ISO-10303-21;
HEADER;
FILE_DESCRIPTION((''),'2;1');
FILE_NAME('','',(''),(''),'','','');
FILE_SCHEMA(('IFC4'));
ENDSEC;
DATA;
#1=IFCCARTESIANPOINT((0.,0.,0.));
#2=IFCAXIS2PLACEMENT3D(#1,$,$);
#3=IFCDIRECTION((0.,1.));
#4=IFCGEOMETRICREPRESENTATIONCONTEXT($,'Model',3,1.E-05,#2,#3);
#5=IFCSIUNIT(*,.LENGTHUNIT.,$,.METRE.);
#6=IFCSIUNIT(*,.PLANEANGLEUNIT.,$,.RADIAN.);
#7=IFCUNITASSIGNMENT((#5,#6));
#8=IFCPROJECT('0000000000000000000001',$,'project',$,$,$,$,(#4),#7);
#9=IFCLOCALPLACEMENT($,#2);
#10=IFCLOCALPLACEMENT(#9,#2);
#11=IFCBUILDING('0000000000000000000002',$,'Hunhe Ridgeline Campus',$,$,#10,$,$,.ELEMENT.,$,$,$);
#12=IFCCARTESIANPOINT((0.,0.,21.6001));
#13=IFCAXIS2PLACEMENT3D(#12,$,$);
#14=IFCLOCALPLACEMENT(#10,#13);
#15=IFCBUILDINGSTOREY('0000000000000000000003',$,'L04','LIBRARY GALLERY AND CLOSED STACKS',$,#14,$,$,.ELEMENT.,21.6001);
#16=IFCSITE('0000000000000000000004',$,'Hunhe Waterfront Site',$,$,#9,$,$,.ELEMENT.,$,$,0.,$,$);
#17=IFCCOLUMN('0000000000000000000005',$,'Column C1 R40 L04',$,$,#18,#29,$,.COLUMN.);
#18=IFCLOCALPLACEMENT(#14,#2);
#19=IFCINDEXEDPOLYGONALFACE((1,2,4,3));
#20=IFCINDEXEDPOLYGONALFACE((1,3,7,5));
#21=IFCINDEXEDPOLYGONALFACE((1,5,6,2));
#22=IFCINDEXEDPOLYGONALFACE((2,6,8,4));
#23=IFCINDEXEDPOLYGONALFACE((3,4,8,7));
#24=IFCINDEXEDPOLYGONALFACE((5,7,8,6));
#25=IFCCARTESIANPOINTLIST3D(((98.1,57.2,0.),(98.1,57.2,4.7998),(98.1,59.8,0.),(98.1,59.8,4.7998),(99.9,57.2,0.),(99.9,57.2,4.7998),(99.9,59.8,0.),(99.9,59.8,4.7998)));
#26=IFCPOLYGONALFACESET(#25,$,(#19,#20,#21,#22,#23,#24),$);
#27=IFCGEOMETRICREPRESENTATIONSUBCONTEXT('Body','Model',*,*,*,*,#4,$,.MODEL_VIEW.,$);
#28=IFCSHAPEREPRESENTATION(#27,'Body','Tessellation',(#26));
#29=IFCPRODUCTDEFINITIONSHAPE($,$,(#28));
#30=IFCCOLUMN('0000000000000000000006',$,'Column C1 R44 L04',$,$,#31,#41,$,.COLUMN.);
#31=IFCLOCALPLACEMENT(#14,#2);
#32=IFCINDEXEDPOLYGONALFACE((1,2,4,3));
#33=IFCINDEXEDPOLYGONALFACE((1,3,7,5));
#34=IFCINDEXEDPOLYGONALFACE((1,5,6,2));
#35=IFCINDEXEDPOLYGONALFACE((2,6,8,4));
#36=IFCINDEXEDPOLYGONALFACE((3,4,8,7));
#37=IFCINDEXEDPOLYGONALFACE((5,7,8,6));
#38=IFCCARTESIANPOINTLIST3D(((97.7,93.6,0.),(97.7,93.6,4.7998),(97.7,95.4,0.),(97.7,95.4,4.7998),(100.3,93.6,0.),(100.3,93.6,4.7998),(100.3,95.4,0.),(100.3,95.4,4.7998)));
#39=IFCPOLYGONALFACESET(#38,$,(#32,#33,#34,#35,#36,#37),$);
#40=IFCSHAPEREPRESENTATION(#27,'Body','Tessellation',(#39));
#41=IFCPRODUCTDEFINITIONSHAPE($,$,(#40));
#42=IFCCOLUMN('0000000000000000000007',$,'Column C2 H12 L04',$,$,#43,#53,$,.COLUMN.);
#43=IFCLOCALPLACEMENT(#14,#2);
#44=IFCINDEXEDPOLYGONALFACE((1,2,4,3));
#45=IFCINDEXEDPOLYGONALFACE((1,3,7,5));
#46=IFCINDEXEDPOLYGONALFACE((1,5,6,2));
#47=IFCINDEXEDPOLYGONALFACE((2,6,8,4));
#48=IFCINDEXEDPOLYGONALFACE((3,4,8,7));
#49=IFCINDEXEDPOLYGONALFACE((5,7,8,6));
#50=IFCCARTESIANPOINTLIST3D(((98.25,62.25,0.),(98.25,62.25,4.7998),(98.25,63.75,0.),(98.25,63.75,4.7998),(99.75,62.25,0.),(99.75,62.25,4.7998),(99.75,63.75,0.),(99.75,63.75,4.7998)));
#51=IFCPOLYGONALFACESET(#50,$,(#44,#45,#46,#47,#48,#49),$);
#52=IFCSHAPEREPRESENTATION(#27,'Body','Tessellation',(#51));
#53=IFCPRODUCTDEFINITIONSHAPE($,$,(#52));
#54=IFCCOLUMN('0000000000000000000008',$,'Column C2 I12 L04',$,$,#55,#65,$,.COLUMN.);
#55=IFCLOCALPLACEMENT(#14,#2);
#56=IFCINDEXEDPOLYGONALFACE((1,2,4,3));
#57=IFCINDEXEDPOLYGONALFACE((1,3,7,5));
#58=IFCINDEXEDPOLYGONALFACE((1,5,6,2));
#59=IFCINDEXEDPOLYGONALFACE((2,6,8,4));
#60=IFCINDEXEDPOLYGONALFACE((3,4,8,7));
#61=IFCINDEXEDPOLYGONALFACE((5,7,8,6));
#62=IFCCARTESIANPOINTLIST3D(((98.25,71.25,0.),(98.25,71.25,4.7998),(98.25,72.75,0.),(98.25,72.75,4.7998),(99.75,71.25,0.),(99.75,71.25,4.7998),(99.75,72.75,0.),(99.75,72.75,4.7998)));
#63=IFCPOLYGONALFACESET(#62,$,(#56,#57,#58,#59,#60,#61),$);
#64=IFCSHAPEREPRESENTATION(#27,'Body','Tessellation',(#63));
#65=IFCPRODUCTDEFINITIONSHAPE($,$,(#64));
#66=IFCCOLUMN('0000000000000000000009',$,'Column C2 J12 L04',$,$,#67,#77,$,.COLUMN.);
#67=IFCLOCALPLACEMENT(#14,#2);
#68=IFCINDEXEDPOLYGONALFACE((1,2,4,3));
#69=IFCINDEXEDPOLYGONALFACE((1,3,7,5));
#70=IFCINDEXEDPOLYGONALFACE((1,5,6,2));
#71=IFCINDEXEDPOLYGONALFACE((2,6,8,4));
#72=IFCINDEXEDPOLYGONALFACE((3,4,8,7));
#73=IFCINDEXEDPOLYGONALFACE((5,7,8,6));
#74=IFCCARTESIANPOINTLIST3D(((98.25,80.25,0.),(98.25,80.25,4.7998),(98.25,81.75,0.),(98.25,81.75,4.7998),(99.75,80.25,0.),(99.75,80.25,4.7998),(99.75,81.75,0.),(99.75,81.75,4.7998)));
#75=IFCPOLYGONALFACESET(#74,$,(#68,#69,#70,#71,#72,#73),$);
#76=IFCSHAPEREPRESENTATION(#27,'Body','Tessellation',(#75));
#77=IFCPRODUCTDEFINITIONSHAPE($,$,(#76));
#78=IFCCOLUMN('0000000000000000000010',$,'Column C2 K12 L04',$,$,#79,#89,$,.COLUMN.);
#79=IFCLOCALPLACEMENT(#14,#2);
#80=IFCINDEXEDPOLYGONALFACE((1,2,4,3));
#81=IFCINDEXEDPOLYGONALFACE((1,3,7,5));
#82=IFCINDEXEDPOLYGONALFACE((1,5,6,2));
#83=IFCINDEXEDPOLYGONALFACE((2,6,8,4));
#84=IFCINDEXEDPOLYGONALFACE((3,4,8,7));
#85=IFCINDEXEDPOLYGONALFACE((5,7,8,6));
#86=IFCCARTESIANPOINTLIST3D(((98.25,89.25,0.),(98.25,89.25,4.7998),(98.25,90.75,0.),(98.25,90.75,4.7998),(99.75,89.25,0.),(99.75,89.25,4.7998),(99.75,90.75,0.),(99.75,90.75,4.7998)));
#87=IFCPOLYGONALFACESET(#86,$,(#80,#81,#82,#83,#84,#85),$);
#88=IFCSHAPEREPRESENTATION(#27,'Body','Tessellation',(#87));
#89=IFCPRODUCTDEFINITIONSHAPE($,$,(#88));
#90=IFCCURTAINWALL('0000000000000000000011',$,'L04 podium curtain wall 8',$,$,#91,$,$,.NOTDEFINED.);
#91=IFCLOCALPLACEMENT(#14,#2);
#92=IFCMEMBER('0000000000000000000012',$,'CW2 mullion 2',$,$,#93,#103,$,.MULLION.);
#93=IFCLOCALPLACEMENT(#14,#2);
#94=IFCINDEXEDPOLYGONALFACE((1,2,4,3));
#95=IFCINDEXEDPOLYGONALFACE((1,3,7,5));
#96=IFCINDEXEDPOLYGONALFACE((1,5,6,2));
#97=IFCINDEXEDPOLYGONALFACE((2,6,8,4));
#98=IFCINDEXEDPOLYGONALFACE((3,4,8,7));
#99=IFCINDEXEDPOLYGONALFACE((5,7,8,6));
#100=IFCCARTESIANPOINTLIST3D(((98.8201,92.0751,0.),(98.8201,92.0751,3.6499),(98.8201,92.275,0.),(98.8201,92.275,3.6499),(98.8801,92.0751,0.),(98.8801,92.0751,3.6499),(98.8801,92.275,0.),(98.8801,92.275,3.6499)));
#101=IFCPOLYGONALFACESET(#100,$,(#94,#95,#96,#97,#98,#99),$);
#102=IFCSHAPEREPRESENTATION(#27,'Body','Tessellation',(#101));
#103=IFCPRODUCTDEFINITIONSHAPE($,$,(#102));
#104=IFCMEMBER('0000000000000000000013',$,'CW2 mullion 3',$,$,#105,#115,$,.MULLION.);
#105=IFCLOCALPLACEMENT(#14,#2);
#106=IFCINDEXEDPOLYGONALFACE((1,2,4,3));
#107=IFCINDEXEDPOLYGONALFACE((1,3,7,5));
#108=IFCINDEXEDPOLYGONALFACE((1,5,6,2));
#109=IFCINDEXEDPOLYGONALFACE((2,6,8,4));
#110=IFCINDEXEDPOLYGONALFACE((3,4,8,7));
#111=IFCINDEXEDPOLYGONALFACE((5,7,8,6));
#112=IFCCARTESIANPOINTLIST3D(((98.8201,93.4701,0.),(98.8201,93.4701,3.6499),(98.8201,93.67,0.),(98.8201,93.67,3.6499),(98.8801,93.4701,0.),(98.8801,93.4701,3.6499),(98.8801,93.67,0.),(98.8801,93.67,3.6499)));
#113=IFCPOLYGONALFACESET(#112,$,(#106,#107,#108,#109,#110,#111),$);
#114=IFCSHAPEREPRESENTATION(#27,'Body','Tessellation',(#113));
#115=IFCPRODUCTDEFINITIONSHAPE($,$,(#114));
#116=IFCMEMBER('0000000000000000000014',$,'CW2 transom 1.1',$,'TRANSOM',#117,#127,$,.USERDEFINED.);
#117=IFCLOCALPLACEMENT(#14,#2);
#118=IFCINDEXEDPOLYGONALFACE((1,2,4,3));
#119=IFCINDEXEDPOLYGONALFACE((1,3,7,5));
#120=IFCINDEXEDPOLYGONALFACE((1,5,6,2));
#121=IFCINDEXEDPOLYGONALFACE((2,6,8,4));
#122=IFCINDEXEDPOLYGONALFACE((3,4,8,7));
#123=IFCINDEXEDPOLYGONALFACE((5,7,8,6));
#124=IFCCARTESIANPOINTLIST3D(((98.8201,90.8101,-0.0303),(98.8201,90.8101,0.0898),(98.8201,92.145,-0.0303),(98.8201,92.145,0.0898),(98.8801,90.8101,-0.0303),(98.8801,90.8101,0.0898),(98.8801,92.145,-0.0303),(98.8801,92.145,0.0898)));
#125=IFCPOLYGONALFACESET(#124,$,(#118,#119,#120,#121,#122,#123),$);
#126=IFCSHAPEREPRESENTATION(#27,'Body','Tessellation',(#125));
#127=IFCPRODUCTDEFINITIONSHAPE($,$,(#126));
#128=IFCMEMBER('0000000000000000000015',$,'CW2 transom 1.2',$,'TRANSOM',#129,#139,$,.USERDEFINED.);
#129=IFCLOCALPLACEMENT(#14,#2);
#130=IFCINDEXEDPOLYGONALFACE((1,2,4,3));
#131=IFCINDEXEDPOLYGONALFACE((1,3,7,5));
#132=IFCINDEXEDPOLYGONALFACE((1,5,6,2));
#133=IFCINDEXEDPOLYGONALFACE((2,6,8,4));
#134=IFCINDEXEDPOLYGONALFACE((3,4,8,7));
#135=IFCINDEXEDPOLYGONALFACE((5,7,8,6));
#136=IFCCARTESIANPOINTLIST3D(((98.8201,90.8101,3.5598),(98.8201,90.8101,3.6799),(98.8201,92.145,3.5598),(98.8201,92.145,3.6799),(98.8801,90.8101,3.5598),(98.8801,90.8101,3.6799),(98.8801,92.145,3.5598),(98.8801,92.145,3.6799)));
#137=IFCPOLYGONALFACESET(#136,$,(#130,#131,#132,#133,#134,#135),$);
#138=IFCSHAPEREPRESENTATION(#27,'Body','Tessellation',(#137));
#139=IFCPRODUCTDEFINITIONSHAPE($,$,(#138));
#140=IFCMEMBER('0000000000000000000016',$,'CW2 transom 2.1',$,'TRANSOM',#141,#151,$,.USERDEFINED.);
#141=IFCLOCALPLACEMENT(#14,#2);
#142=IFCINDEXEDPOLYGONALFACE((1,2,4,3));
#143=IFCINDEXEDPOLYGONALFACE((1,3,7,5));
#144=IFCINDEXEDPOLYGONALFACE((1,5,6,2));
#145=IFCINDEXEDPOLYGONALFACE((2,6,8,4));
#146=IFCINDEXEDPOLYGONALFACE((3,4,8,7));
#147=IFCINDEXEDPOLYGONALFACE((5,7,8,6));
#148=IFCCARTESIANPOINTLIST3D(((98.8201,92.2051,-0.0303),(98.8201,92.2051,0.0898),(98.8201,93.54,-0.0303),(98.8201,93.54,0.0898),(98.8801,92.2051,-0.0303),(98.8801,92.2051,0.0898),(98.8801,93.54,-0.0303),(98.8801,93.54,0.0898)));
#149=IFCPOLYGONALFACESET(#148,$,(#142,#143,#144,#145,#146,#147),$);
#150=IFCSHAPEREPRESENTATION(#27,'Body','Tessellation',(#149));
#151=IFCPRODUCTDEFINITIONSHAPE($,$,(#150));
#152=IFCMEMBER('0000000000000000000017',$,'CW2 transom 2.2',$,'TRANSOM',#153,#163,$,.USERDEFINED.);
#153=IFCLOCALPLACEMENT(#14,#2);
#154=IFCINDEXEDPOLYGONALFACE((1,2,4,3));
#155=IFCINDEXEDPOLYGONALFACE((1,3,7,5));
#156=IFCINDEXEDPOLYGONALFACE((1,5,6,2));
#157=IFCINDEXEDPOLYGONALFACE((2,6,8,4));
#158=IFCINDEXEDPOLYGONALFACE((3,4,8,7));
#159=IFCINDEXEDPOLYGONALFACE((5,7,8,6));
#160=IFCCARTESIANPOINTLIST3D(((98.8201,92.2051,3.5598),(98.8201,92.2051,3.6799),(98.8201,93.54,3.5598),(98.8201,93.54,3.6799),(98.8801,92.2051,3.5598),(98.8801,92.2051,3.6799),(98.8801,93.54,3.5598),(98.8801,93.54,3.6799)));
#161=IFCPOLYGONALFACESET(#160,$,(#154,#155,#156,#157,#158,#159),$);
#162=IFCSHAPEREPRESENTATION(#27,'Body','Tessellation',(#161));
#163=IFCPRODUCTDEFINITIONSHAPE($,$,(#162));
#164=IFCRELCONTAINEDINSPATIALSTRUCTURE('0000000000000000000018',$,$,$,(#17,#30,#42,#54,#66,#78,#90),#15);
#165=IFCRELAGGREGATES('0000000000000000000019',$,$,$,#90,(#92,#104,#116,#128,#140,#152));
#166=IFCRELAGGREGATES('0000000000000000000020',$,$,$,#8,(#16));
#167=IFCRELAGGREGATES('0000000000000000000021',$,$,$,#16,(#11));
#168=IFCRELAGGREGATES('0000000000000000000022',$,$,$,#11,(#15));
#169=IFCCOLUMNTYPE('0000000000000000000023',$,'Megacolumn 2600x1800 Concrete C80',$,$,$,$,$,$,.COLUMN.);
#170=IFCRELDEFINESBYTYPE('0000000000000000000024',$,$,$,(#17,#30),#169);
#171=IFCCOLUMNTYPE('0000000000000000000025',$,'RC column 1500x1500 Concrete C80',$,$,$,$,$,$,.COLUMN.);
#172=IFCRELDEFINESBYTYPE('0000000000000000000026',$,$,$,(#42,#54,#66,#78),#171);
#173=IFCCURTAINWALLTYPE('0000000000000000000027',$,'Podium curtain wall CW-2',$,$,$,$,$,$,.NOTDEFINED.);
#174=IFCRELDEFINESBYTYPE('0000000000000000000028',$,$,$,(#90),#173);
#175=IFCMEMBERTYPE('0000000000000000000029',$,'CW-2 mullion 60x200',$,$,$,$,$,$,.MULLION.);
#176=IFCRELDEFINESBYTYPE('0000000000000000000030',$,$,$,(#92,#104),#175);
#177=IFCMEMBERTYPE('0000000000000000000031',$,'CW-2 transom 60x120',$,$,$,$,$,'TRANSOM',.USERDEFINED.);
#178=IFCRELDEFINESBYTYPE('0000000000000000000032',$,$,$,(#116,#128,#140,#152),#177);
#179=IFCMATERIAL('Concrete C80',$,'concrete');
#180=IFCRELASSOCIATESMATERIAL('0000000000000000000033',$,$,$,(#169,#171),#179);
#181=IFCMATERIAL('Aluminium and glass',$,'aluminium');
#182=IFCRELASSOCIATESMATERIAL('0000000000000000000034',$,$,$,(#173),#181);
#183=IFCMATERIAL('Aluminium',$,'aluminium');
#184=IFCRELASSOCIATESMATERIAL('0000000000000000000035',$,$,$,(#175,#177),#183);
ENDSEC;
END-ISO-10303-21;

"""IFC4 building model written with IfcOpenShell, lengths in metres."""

from ifc_helpers import new_model, si_unit, direction, frame, origin, origin_2d, place, context, subcontext, project, spatial, rectangle, extrude, material, material_profile, profile_set, type_object, element, aggregate, save


model = new_model("IFC4")

# Units and contexts
model_context = context("Model", 3, precision=1e-05, world=origin(), true_north=direction((0.0, 1.0)))
body_context = subcontext(model_context, "Body", "Model", "MODEL_VIEW")
ifc_project = project(units=[si_unit("LENGTHUNIT", "METRE"), si_unit("PLANEANGLEUNIT", "RADIAN")], contexts=[model_context])

# Site, building, storey
site_placement = place(None, origin())
site = spatial("IfcSite", under=ifc_project, at=site_placement, Name="Hunhe Waterfront Site", CompositionType="ELEMENT", RefElevation=0.0)
building_placement = place(site_placement, origin())
building = spatial("IfcBuilding", under=site, at=building_placement, Name="Hunhe Ridgeline Campus", CompositionType="ELEMENT")
storey_placement = place(building_placement, frame((0.0, 0.0, 21.6001)))
storey = spatial("IfcBuildingStorey", under=building, at=storey_placement, Name="L04", Description="LIBRARY GALLERY AND CLOSED STACKS", CompositionType="ELEMENT", Elevation=21.6001)

# Columns
ifc_material_1 = material(Name="Concrete C80", Category="concrete")
ifc_material_profile_1 = material_profile(ifc_material_1, rectangle(XDim=2.6001, YDim=1.8, at=origin_2d()))
ifc_profile_set_1 = profile_set([ifc_material_profile_1], Name="Concrete C80")
column_type_1 = type_object("IfcColumnType", Name="Megacolumn 2600x1800 Concrete C80", PredefinedType="COLUMN", material=ifc_profile_set_1)
for number, where, z_axis, x_axis, name in (
    (1, (99.0, 58.5, 0.0), (0.0, 0.0, 1.0), (0.0, 1.0, 0.0), "Column C1 R40 L04"),
    (2, (99.0, 94.5, 0.0), (0.0, 0.0, 1.0), (1.0, 0.0, 0.0), "Column C1 R44 L04"),
):
    element("IfcColumn", number, at=place(storey_placement, frame(where, z_axis=z_axis, x_axis=x_axis)), inside=storey, type_object=column_type_1, Name=name, PredefinedType="COLUMN", context=body_context, shape_type="SweptSolid", body=[
        extrude(rectangle(XDim=2.6001, YDim=1.8, at=origin_2d()), origin(), (0.0, 0.0, 1.0), 4.7998),
    ])
ifc_material_profile_2 = material_profile(ifc_material_1, rectangle(XDim=1.5, YDim=1.5, at=origin_2d()))
ifc_profile_set_2 = profile_set([ifc_material_profile_2], Name="Concrete C80")
column_type_2 = type_object("IfcColumnType", Name="RC column 1500x1500 Concrete C80", PredefinedType="COLUMN", material=ifc_profile_set_2)
for number, where, z_axis, x_axis, name in (
    (3, (99.0, 63.0, 0.0), (0.0, 0.0, 1.0), (1.0, 0.0, 0.0), "Column C2 H12 L04"),
    (4, (99.0, 72.0, 0.0), (0.0, 0.0, 1.0), (1.0, 0.0, 0.0), "Column C2 I12 L04"),
    (5, (99.0, 81.0, 0.0), (0.0, 0.0, 1.0), (1.0, 0.0, 0.0), "Column C2 J12 L04"),
    (6, (99.0, 90.0, 0.0), (0.0, 0.0, 1.0), (1.0, 0.0, 0.0), "Column C2 K12 L04"),
):
    element("IfcColumn", number, at=place(storey_placement, frame(where, z_axis=z_axis, x_axis=x_axis)), inside=storey, type_object=column_type_2, Name=name, PredefinedType="COLUMN", context=body_context, shape_type="SweptSolid", body=[
        extrude(rectangle(XDim=1.5, YDim=1.5, at=origin_2d()), origin(), (0.0, 0.0, 1.0), 4.7998),
    ])

# Curtain wall, members
ifc_material_2 = material(Name="Aluminium and glass", Category="aluminium")
curtain_wall_type = type_object("IfcCurtainWallType", Name="Podium curtain wall CW-2", PredefinedType="NOTDEFINED", material=ifc_material_2)
curtain_wall_placement = place(storey_placement, origin())
curtain_wall = element("IfcCurtainWall", 7, at=curtain_wall_placement, inside=storey, type_object=curtain_wall_type, Name="L04 podium curtain wall 8", PredefinedType="NOTDEFINED")
ifc_material_3 = material(Name="Aluminium", Category="aluminium")
ifc_material_profile_3 = material_profile(ifc_material_3, rectangle(XDim=0.0601, YDim=0.2, at=origin_2d()))
ifc_profile_set_3 = profile_set([ifc_material_profile_3], Name="Aluminium")
member_type_1 = type_object("IfcMemberType", Name="CW-2 mullion 60x200", PredefinedType="MULLION", material=ifc_profile_set_3)
member_1_placement = place(storey_placement, frame((98.8501, 92.175, 0.0), z_axis=(0.0, 0.0, 1.0), x_axis=(-1.0, 0.0, 0.0)))
member_1 = element("IfcMember", 8, at=member_1_placement, type_object=member_type_1, Name="CW2 mullion 2", PredefinedType="MULLION", context=body_context, shape_type="SweptSolid", body=[
    extrude(rectangle(XDim=0.0601, YDim=0.2, at=origin_2d()), origin(), (0.0, 0.0, 1.0), 3.6499),
])
member_2_placement = place(storey_placement, frame((98.8501, 93.5701, 0.0), z_axis=(0.0, 0.0, 1.0), x_axis=(-1.0, 0.0, 0.0)))
member_2 = element("IfcMember", 9, at=member_2_placement, type_object=member_type_1, Name="CW2 mullion 3", PredefinedType="MULLION", context=body_context, shape_type="SweptSolid", body=[
    extrude(rectangle(XDim=0.0601, YDim=0.2, at=origin_2d()), origin(), (0.0, 0.0, 1.0), 3.6499),
])
ifc_material_profile_4 = material_profile(ifc_material_3, rectangle(XDim=0.0601, YDim=0.1201, at=origin_2d()))
ifc_profile_set_4 = profile_set([ifc_material_profile_4], Name="Aluminium")
member_type_2 = type_object("IfcMemberType", Name="CW-2 transom 60x120", ElementType="TRANSOM", PredefinedType="USERDEFINED", material=ifc_profile_set_4)
member_3_placement = place(storey_placement, frame((98.8501, 90.8101, 0.0298), z_axis=(0.0, 1.0, 0.0), x_axis=(-1.0, 0.0, 0.0)))
member_3 = element("IfcMember", 10, at=member_3_placement, type_object=member_type_2, Name="CW2 transom 1.1", ObjectType="TRANSOM", PredefinedType="USERDEFINED", context=body_context, shape_type="SweptSolid", body=[
    extrude(rectangle(XDim=0.0601, YDim=0.1201, at=origin_2d()), origin(), (0.0, 0.0, 1.0), 1.335),
])
member_4_placement = place(storey_placement, frame((98.8501, 90.8101, 3.6199), z_axis=(0.0, 1.0, 0.0), x_axis=(-1.0, 0.0, 0.0)))
member_4 = element("IfcMember", 11, at=member_4_placement, type_object=member_type_2, Name="CW2 transom 1.2", ObjectType="TRANSOM", PredefinedType="USERDEFINED", context=body_context, shape_type="SweptSolid", body=[
    extrude(rectangle(XDim=0.0601, YDim=0.1201, at=origin_2d()), origin(), (0.0, 0.0, 1.0), 1.335),
])
member_5_placement = place(storey_placement, frame((98.8501, 92.2051, 0.0298), z_axis=(0.0, 1.0, 0.0), x_axis=(-1.0, 0.0, 0.0)))
member_5 = element("IfcMember", 12, at=member_5_placement, type_object=member_type_2, Name="CW2 transom 2.1", ObjectType="TRANSOM", PredefinedType="USERDEFINED", context=body_context, shape_type="SweptSolid", body=[
    extrude(rectangle(XDim=0.0601, YDim=0.1201, at=origin_2d()), origin(), (0.0, 0.0, 1.0), 1.335),
])
member_6_placement = place(storey_placement, frame((98.8501, 92.2051, 3.6199), z_axis=(0.0, 1.0, 0.0), x_axis=(-1.0, 0.0, 0.0)))
member_6 = element("IfcMember", 13, at=member_6_placement, type_object=member_type_2, Name="CW2 transom 2.2", ObjectType="TRANSOM", PredefinedType="USERDEFINED", context=body_context, shape_type="SweptSolid", body=[
    extrude(rectangle(XDim=0.0601, YDim=0.1201, at=origin_2d()), origin(), (0.0, 0.0, 1.0), 1.335),
])

aggregate(curtain_wall, [member_1, member_2, member_3, member_4, member_5, member_6])

save(model, "model.ifc")
